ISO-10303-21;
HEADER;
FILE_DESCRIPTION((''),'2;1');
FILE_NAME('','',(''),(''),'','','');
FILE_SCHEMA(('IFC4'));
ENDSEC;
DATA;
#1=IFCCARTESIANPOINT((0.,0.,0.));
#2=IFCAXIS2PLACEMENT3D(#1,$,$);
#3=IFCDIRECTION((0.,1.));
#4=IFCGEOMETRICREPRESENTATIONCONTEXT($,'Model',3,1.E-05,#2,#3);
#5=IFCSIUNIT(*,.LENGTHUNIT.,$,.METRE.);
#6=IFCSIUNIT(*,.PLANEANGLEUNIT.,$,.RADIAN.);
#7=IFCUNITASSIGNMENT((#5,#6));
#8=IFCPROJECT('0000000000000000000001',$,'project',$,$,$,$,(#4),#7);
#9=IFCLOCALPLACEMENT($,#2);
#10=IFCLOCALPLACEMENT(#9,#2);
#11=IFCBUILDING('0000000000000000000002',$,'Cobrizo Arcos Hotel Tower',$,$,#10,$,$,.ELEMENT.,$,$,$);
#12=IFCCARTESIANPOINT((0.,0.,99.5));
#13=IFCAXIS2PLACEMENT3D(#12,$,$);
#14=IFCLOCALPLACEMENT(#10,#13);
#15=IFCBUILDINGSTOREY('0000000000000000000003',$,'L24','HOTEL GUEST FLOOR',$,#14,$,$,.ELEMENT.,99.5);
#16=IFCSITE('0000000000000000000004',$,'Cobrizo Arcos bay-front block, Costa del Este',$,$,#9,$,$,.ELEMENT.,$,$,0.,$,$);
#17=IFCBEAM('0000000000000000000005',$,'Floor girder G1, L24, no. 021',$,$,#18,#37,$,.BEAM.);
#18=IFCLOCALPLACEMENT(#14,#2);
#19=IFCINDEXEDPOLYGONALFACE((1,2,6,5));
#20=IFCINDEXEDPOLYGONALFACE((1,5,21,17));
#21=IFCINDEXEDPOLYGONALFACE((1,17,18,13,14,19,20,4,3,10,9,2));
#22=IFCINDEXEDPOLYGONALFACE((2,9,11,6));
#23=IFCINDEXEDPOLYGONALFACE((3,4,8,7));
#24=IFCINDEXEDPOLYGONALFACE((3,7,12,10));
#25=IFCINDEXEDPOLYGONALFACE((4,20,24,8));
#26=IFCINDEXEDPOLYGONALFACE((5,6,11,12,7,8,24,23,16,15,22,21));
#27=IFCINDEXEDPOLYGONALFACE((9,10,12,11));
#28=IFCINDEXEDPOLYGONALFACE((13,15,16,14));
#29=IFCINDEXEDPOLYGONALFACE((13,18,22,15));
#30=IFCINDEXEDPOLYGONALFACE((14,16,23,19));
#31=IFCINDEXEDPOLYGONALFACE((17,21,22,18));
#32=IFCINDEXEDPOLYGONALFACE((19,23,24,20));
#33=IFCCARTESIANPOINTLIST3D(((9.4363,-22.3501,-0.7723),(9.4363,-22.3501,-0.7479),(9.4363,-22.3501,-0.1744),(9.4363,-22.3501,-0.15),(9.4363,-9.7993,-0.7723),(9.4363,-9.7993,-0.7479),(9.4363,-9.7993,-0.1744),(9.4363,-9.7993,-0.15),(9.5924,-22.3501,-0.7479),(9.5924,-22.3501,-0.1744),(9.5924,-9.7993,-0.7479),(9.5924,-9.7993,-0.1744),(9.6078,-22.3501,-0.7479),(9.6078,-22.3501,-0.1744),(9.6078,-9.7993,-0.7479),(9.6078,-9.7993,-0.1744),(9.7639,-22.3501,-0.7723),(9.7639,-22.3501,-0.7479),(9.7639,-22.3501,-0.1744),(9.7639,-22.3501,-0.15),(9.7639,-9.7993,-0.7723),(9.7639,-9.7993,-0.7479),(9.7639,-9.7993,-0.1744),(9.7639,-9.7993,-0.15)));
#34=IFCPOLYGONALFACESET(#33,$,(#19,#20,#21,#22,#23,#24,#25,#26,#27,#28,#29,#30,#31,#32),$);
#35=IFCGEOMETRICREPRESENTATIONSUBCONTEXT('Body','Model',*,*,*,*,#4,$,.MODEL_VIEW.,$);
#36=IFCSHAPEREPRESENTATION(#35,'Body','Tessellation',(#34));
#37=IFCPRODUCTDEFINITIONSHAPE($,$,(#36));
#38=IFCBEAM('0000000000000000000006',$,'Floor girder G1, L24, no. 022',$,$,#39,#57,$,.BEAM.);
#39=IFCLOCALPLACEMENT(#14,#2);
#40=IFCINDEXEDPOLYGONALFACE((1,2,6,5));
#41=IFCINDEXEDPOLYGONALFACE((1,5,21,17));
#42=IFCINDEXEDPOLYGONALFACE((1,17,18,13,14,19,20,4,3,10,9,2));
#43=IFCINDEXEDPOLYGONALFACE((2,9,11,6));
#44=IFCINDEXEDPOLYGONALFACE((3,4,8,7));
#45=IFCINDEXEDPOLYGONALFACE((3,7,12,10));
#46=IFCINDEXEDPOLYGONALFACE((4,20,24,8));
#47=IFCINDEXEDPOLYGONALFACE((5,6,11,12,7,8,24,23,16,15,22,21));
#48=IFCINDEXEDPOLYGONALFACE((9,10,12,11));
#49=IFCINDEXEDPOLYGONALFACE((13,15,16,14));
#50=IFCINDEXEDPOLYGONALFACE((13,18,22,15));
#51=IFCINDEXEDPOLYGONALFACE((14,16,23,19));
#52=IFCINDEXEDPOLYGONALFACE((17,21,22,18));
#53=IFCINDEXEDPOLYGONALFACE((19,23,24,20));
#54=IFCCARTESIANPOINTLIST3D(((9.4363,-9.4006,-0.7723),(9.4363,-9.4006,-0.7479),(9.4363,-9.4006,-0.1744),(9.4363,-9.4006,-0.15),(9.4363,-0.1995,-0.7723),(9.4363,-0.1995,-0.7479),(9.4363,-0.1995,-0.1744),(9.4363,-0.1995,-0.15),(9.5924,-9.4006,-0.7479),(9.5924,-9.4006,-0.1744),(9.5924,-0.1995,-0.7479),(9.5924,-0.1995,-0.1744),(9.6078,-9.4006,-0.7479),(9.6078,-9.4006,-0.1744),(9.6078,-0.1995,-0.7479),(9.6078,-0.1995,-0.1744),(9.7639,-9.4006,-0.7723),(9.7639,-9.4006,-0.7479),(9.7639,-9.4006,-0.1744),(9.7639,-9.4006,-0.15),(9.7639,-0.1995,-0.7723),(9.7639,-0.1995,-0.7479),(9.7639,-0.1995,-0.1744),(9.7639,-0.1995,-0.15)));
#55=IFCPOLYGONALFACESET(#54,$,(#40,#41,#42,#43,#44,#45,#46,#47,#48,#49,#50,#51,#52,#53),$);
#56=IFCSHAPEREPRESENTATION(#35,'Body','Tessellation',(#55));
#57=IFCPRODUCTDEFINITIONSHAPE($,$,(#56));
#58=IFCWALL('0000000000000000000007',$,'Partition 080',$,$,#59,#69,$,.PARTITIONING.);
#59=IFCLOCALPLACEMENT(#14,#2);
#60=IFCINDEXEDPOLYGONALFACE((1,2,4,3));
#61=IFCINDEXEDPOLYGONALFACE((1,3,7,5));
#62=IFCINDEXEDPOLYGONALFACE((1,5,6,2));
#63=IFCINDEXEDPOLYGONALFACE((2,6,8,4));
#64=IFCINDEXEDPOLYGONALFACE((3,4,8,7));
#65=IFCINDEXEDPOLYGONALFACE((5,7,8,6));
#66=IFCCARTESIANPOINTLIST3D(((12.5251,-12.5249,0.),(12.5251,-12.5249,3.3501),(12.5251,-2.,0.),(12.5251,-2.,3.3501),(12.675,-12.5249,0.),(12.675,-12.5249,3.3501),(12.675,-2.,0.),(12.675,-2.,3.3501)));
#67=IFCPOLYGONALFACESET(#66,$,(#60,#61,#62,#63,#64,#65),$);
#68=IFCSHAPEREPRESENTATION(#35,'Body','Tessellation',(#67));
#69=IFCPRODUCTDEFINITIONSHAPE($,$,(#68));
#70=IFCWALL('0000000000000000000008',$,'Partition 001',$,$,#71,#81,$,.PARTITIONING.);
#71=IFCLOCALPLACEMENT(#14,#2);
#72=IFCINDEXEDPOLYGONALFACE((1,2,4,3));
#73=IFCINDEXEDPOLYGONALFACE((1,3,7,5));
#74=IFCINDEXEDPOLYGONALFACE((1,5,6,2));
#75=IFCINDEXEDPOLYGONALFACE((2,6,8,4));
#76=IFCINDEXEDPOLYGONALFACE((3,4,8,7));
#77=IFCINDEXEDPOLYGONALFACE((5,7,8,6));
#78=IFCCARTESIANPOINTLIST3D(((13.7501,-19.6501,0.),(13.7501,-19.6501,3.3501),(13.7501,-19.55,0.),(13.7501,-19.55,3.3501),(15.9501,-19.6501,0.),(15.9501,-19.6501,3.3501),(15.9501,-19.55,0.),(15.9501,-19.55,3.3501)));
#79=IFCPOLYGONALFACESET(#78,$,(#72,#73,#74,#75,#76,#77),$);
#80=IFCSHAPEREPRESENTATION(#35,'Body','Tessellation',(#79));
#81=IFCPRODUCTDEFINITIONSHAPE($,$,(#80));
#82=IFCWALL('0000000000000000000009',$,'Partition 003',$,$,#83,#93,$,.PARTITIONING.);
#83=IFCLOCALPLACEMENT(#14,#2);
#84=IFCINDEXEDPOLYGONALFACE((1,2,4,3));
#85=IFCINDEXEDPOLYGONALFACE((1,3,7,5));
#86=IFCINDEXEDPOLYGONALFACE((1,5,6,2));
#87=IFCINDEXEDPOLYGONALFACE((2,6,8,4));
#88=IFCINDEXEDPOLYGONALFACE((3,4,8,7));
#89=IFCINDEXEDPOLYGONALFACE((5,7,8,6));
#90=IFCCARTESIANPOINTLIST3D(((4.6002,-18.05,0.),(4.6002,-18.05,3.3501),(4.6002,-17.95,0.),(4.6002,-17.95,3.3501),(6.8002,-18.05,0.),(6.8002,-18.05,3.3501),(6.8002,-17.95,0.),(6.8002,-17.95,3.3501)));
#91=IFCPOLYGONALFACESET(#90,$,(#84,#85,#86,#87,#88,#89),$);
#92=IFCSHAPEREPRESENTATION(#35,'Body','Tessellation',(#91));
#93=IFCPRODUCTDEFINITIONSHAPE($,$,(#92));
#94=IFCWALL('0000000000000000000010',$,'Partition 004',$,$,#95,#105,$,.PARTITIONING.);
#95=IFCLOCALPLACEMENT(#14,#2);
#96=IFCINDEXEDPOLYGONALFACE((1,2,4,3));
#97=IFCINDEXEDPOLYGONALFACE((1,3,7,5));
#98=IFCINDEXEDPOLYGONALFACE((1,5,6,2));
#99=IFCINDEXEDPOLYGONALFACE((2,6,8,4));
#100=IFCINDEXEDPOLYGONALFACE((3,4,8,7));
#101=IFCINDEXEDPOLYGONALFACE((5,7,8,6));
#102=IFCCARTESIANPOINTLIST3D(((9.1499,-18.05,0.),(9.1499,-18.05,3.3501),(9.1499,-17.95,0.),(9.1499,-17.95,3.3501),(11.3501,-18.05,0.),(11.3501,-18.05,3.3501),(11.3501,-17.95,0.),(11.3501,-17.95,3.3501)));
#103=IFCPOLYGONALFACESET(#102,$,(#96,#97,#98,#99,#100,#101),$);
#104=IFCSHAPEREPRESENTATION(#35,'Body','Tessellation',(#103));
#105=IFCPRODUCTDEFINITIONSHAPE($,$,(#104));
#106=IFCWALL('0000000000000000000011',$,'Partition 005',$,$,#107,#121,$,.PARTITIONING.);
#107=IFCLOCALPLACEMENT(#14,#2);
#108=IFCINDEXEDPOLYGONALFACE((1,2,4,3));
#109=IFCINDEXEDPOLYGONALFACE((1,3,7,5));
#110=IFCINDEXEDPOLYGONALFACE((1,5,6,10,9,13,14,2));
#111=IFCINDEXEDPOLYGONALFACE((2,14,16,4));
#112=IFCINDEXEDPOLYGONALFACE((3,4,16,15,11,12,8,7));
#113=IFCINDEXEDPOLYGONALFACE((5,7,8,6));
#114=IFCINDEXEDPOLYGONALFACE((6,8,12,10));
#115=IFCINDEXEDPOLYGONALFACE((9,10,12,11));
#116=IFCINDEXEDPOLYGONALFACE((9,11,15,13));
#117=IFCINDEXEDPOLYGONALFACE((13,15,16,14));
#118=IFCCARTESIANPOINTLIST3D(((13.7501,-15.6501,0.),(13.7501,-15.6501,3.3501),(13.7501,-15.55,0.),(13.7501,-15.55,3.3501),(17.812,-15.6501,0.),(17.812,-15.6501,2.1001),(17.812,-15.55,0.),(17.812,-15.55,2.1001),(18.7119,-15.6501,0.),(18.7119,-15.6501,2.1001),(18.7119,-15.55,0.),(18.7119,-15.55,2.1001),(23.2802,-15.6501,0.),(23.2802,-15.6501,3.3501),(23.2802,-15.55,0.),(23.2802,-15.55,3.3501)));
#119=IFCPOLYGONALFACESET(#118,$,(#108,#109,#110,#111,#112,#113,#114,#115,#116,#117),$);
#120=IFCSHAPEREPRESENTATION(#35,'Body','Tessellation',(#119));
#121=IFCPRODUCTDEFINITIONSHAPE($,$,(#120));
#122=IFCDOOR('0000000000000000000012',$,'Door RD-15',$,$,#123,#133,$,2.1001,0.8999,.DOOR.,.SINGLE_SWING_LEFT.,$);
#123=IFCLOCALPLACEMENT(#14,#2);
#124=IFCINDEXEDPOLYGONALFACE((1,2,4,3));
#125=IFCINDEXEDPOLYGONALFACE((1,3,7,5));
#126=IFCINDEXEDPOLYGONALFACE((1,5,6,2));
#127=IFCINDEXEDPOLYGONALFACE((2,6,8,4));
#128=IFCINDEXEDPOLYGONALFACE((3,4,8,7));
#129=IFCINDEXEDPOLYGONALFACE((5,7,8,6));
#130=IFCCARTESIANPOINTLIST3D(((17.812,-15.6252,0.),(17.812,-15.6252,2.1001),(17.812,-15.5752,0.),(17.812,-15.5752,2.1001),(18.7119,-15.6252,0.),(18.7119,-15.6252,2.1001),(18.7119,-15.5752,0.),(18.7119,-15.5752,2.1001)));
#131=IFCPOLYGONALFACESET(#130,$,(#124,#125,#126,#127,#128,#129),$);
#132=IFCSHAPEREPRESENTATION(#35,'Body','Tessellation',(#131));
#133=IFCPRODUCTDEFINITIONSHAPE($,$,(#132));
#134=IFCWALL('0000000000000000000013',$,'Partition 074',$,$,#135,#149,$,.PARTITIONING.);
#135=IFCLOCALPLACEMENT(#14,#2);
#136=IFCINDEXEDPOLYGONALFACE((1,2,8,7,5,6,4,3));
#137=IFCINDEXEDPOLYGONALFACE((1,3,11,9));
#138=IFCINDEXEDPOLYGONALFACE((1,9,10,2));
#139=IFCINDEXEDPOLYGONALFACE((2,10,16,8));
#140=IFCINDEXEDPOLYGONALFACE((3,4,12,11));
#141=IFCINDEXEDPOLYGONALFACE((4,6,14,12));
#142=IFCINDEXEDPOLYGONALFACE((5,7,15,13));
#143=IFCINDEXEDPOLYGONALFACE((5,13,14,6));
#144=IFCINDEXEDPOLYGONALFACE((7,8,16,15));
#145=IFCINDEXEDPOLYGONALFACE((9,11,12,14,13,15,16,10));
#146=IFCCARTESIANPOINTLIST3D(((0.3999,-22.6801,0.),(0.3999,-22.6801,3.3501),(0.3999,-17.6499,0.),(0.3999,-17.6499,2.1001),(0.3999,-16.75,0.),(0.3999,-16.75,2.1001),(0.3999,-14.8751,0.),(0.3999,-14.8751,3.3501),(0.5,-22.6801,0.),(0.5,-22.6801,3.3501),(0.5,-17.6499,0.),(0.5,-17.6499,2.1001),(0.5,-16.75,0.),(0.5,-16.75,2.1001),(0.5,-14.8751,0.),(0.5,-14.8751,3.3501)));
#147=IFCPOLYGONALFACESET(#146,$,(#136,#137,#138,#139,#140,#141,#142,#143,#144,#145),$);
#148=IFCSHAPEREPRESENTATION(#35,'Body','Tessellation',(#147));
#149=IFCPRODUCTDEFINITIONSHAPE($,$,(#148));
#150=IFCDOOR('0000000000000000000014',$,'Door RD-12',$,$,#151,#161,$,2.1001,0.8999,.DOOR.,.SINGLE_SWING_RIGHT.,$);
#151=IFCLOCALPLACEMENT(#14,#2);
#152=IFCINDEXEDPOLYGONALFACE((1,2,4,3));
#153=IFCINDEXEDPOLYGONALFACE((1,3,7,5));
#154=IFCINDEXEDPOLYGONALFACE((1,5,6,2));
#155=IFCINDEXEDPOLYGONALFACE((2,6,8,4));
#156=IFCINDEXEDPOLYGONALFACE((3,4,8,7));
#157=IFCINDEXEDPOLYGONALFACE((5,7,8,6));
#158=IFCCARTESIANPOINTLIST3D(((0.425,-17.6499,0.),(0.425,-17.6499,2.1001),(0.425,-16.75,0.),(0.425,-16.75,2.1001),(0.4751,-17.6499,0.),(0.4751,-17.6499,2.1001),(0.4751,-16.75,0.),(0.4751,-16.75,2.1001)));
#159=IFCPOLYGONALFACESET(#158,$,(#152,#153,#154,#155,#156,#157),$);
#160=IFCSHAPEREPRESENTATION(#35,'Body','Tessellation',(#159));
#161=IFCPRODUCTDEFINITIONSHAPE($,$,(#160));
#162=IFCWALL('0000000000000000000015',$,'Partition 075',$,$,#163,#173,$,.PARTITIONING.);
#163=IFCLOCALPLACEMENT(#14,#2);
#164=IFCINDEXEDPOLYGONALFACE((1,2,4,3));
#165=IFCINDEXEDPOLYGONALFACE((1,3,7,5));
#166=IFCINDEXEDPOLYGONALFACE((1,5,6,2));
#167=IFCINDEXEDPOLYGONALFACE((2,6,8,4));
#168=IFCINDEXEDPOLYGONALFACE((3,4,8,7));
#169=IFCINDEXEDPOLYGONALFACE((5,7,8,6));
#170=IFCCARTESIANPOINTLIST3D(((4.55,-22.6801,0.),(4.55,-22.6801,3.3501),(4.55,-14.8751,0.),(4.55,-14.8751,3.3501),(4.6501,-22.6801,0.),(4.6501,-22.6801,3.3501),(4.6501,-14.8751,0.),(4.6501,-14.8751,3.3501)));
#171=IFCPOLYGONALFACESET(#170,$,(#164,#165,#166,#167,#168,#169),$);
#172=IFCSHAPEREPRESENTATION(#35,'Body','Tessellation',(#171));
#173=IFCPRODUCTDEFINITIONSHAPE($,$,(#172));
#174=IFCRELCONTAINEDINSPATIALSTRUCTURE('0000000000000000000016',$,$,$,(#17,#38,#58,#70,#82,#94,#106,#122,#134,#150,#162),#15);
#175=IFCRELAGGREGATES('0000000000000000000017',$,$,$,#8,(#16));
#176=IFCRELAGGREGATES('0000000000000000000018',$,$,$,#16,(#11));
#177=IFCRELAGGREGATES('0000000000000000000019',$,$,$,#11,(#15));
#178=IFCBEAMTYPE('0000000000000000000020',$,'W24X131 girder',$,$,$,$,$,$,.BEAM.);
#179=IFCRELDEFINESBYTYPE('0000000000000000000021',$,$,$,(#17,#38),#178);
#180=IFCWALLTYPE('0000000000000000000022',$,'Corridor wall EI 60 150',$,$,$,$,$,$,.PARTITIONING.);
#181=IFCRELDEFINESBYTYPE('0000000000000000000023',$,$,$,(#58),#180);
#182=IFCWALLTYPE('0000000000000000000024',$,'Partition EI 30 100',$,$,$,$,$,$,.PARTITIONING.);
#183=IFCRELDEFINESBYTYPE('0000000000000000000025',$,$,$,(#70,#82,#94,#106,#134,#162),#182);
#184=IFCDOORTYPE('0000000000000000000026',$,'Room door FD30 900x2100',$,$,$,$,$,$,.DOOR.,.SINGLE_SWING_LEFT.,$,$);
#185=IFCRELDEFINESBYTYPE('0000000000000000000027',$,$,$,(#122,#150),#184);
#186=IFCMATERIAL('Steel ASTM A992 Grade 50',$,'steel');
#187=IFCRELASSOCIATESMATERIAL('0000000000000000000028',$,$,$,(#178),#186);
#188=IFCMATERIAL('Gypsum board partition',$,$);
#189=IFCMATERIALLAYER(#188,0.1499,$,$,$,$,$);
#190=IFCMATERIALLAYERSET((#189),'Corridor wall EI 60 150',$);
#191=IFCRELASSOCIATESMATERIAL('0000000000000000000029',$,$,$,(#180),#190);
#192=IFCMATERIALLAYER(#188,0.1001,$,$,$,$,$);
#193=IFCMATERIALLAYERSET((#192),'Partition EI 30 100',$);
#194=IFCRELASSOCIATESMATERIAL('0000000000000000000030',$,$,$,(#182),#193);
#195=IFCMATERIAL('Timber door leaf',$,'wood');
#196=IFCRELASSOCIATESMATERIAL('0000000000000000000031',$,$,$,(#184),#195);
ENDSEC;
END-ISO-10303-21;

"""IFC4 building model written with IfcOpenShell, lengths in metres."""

from ifc_helpers import new_model, si_unit, direction, frame, frame_2d, origin, origin_2d, place, context, subcontext, project, spatial, rectangle, i_section, extrude, material, layer, layer_set, material_profile, profile_set, type_object, element, fill, save


model = new_model("IFC4")

# Units and contexts
model_context = context("Model", 3, precision=1e-05, world=origin(), true_north=direction((0.0, 1.0)))
body_context = subcontext(model_context, "Body", "Model", "MODEL_VIEW")
ifc_project = project(units=[si_unit("LENGTHUNIT", "METRE"), si_unit("PLANEANGLEUNIT", "RADIAN")], contexts=[model_context])

# Site, building, storey
site_placement = place(None, origin())
site = spatial("IfcSite", under=ifc_project, at=site_placement, Name="Cobrizo Arcos bay-front block, Costa del Este", CompositionType="ELEMENT", RefElevation=0.0)
building_placement = place(site_placement, origin())
building = spatial("IfcBuilding", under=site, at=building_placement, Name="Cobrizo Arcos Hotel Tower", CompositionType="ELEMENT")
storey_placement = place(building_placement, frame((0.0, 0.0, 99.5)))
storey = spatial("IfcBuildingStorey", under=building, at=storey_placement, Name="L24", Description="HOTEL GUEST FLOOR", CompositionType="ELEMENT", Elevation=99.5)

# Shared definitions
ifc_material_1 = material(Name="Steel ASTM A992 Grade 50", Category="steel")

# Beams
ifc_material_profile_1 = material_profile(ifc_material_1, i_section(OverallWidth=0.3276, OverallDepth=0.6223, WebThickness=0.0154, FlangeThickness=0.0244, at=origin_2d()), Name="W24X131")
ifc_profile_set_1 = profile_set([ifc_material_profile_1], Name="Steel ASTM A992 Grade 50")
beam_type_1 = type_object("IfcBeamType", Name="W24X131 girder", PredefinedType="BEAM", material=ifc_profile_set_1)
beam_1_placement = place(storey_placement, frame((9.6001, -22.3501, -0.4612), z_axis=(0.0, 1.0, 0.0), x_axis=(-1.0, 0.0, 0.0)))
element("IfcBeam", 1, at=beam_1_placement, inside=storey, type_object=beam_type_1, Name="Floor girder G1, L24, no. 021", PredefinedType="BEAM", context=body_context, shape_type="SweptSolid", body=[
    extrude(i_section(OverallWidth=0.3276, OverallDepth=0.6223, WebThickness=0.0154, FlangeThickness=0.0244, at=origin_2d()), origin(), (0.0, 0.0, 1.0), 12.5508),
])
beam_2_placement = place(storey_placement, frame((9.6001, -9.4006, -0.4612), z_axis=(0.0, 1.0, 0.0), x_axis=(-1.0, 0.0, 0.0)))
element("IfcBeam", 2, at=beam_2_placement, inside=storey, type_object=beam_type_1, Name="Floor girder G1, L24, no. 022", PredefinedType="BEAM", context=body_context, shape_type="SweptSolid", body=[
    extrude(i_section(OverallWidth=0.3276, OverallDepth=0.6223, WebThickness=0.0154, FlangeThickness=0.0244, at=origin_2d()), origin(), (0.0, 0.0, 1.0), 9.2012),
])

# Walls
ifc_material_2 = material(Name="Gypsum board partition")
ifc_layer_1 = layer(ifc_material_2, 0.1499)
ifc_layer_set_1 = layer_set([ifc_layer_1], Name="Corridor wall EI 60 150")
wall_type_1 = type_object("IfcWallType", Name="Corridor wall EI 60 150", PredefinedType="PARTITIONING", material=ifc_layer_set_1)
wall_1_placement = place(storey_placement, frame((12.6001, -12.5249, 0.0), z_axis=(0.0, 0.0, 1.0), x_axis=(0.0, 1.0, 0.0)))
element("IfcWall", 3, at=wall_1_placement, inside=storey, type_object=wall_type_1, Name="Partition 080", PredefinedType="PARTITIONING", context=body_context, shape_type="SweptSolid", body=[
    extrude(rectangle(XDim=10.5249, YDim=0.1499, at=frame_2d((5.2625, 0.0))), origin(), (0.0, 0.0, 1.0), 3.3501),
])
ifc_layer_2 = layer(ifc_material_2, 0.1001)
ifc_layer_set_2 = layer_set([ifc_layer_2], Name="Partition EI 30 100")
wall_type_2 = type_object("IfcWallType", Name="Partition EI 30 100", PredefinedType="PARTITIONING", material=ifc_layer_set_2)
for number, where, z_axis, x_axis, name in (
    (4, (13.75, -19.6001, 0.0), (0.0, 0.0, 1.0), (1.0, 0.0, 0.0), "Partition 001"),
    (5, (4.6001, -18.0, 0.0), (0.0, 0.0, 1.0), (1.0, 0.0, 0.0), "Partition 003"),
):
    element("IfcWall", number, at=place(storey_placement, frame(where, z_axis=z_axis, x_axis=x_axis)), inside=storey, type_object=wall_type_2, Name=name, PredefinedType="PARTITIONING", context=body_context, shape_type="SweptSolid", body=[
        extrude(rectangle(XDim=2.2, YDim=0.1001, at=frame_2d((1.1001, 0.0))), origin(), (0.0, 0.0, 1.0), 3.3501),
    ])
wall_2_placement = place(storey_placement, frame((9.1499, -18.0, 0.0), z_axis=(0.0, 0.0, 1.0), x_axis=(1.0, 0.0, 0.0)))
element("IfcWall", 6, at=wall_2_placement, inside=storey, type_object=wall_type_2, Name="Partition 004", PredefinedType="PARTITIONING", context=body_context, shape_type="SweptSolid", body=[
    extrude(rectangle(XDim=2.2002, YDim=0.1001, at=frame_2d((1.1001, 0.0))), origin(), (0.0, 0.0, 1.0), 3.3501),
])

# Walls, openings, doors
wall_3_placement = place(storey_placement, frame((13.75, -15.6001, 0.0), z_axis=(0.0, 0.0, 1.0), x_axis=(1.0, 0.0, 0.0)))
wall_3 = element("IfcWall", 7, at=wall_3_placement, inside=storey, type_object=wall_type_2, Name="Partition 005", PredefinedType="PARTITIONING", context=body_context, shape_type="SweptSolid", body=[
    extrude(rectangle(XDim=9.53, YDim=0.1001, at=frame_2d((4.7651, 0.0))), origin(), (0.0, 0.0, 1.0), 3.3501),
])
opening_1_placement = place(wall_3_placement, frame((4.062, 0.0, 0.0)))
opening_1 = element("IfcOpeningElement", 8, at=opening_1_placement, cuts=wall_3, PredefinedType="OPENING", context=body_context, shape_type="SweptSolid", body=[
    extrude(rectangle(XDim=0.8999, YDim=2.1001, at=frame_2d((0.45, 1.05))), frame((0.0, 0.062, 0.0), z_axis=(0.0, -1.0, 0.0), x_axis=(1.0, 0.0, 0.0)), (0.0, 0.0, 1.0), 0.124),
])
ifc_material_3 = material(Name="Timber door leaf", Category="wood")
door_type_1 = type_object("IfcDoorType", Name="Room door FD30 900x2100", OperationType="SINGLE_SWING_LEFT", PredefinedType="DOOR", material=ifc_material_3)
door_1_placement = place(opening_1_placement, origin())
door_1 = element("IfcDoor", 9, at=door_1_placement, inside=storey, type_object=door_type_1, Name="Door RD-15", OperationType="SINGLE_SWING_LEFT", OverallHeight=2.1001, OverallWidth=0.8999, PredefinedType="DOOR", context=body_context, shape_type="SweptSolid", body=[
    extrude(rectangle(XDim=0.8999, YDim=2.1001, at=frame_2d((0.45, 1.05))), frame((0.0, 0.0249, 0.0), z_axis=(0.0, -1.0, 0.0), x_axis=(1.0, 0.0, 0.0)), (0.0, 0.0, 1.0), 0.05),
])
fill(opening_1, door_1)
wall_4_placement = place(storey_placement, frame((0.45, -22.6799, 0.0), z_axis=(0.0, 0.0, 1.0), x_axis=(0.0, 1.0, 0.0)))
wall_4 = element("IfcWall", 10, at=wall_4_placement, inside=storey, type_object=wall_type_2, Name="Partition 074", PredefinedType="PARTITIONING", context=body_context, shape_type="SweptSolid", body=[
    extrude(rectangle(XDim=7.8049, YDim=0.1001, at=frame_2d((3.9023, 0.0))), origin(), (0.0, 0.0, 1.0), 3.3501),
])
opening_2_placement = place(wall_4_placement, frame((5.03, 0.0, 0.0)))
opening_2 = element("IfcOpeningElement", 11, at=opening_2_placement, cuts=wall_4, PredefinedType="OPENING", context=body_context, shape_type="SweptSolid", body=[
    extrude(rectangle(XDim=0.8999, YDim=2.1001, at=frame_2d((0.45, 1.05))), frame((0.0, 0.062, 0.0), z_axis=(0.0, -1.0, 0.0), x_axis=(1.0, 0.0, 0.0)), (0.0, 0.0, 1.0), 0.124),
])
door_2_placement = place(opening_2_placement, origin())
door_2 = element("IfcDoor", 12, at=door_2_placement, inside=storey, type_object=door_type_1, Name="Door RD-12", OperationType="SINGLE_SWING_RIGHT", OverallHeight=2.1001, OverallWidth=0.8999, PredefinedType="DOOR", context=body_context, shape_type="SweptSolid", body=[
    extrude(rectangle(XDim=0.8999, YDim=2.1001, at=frame_2d((0.45, 1.05))), frame((0.0, 0.0249, 0.0), z_axis=(0.0, -1.0, 0.0), x_axis=(1.0, 0.0, 0.0)), (0.0, 0.0, 1.0), 0.05),
])
fill(opening_2, door_2)

# Wall
wall_5_placement = place(storey_placement, frame((4.6001, -22.6799, 0.0), z_axis=(0.0, 0.0, 1.0), x_axis=(0.0, 1.0, 0.0)))
element("IfcWall", 13, at=wall_5_placement, inside=storey, type_object=wall_type_2, Name="Partition 075", PredefinedType="PARTITIONING", context=body_context, shape_type="SweptSolid", body=[
    extrude(rectangle(XDim=7.8049, YDim=0.1001, at=frame_2d((3.9023, 0.0))), origin(), (0.0, 0.0, 1.0), 3.3501),
])

save(model, "model.ifc")
